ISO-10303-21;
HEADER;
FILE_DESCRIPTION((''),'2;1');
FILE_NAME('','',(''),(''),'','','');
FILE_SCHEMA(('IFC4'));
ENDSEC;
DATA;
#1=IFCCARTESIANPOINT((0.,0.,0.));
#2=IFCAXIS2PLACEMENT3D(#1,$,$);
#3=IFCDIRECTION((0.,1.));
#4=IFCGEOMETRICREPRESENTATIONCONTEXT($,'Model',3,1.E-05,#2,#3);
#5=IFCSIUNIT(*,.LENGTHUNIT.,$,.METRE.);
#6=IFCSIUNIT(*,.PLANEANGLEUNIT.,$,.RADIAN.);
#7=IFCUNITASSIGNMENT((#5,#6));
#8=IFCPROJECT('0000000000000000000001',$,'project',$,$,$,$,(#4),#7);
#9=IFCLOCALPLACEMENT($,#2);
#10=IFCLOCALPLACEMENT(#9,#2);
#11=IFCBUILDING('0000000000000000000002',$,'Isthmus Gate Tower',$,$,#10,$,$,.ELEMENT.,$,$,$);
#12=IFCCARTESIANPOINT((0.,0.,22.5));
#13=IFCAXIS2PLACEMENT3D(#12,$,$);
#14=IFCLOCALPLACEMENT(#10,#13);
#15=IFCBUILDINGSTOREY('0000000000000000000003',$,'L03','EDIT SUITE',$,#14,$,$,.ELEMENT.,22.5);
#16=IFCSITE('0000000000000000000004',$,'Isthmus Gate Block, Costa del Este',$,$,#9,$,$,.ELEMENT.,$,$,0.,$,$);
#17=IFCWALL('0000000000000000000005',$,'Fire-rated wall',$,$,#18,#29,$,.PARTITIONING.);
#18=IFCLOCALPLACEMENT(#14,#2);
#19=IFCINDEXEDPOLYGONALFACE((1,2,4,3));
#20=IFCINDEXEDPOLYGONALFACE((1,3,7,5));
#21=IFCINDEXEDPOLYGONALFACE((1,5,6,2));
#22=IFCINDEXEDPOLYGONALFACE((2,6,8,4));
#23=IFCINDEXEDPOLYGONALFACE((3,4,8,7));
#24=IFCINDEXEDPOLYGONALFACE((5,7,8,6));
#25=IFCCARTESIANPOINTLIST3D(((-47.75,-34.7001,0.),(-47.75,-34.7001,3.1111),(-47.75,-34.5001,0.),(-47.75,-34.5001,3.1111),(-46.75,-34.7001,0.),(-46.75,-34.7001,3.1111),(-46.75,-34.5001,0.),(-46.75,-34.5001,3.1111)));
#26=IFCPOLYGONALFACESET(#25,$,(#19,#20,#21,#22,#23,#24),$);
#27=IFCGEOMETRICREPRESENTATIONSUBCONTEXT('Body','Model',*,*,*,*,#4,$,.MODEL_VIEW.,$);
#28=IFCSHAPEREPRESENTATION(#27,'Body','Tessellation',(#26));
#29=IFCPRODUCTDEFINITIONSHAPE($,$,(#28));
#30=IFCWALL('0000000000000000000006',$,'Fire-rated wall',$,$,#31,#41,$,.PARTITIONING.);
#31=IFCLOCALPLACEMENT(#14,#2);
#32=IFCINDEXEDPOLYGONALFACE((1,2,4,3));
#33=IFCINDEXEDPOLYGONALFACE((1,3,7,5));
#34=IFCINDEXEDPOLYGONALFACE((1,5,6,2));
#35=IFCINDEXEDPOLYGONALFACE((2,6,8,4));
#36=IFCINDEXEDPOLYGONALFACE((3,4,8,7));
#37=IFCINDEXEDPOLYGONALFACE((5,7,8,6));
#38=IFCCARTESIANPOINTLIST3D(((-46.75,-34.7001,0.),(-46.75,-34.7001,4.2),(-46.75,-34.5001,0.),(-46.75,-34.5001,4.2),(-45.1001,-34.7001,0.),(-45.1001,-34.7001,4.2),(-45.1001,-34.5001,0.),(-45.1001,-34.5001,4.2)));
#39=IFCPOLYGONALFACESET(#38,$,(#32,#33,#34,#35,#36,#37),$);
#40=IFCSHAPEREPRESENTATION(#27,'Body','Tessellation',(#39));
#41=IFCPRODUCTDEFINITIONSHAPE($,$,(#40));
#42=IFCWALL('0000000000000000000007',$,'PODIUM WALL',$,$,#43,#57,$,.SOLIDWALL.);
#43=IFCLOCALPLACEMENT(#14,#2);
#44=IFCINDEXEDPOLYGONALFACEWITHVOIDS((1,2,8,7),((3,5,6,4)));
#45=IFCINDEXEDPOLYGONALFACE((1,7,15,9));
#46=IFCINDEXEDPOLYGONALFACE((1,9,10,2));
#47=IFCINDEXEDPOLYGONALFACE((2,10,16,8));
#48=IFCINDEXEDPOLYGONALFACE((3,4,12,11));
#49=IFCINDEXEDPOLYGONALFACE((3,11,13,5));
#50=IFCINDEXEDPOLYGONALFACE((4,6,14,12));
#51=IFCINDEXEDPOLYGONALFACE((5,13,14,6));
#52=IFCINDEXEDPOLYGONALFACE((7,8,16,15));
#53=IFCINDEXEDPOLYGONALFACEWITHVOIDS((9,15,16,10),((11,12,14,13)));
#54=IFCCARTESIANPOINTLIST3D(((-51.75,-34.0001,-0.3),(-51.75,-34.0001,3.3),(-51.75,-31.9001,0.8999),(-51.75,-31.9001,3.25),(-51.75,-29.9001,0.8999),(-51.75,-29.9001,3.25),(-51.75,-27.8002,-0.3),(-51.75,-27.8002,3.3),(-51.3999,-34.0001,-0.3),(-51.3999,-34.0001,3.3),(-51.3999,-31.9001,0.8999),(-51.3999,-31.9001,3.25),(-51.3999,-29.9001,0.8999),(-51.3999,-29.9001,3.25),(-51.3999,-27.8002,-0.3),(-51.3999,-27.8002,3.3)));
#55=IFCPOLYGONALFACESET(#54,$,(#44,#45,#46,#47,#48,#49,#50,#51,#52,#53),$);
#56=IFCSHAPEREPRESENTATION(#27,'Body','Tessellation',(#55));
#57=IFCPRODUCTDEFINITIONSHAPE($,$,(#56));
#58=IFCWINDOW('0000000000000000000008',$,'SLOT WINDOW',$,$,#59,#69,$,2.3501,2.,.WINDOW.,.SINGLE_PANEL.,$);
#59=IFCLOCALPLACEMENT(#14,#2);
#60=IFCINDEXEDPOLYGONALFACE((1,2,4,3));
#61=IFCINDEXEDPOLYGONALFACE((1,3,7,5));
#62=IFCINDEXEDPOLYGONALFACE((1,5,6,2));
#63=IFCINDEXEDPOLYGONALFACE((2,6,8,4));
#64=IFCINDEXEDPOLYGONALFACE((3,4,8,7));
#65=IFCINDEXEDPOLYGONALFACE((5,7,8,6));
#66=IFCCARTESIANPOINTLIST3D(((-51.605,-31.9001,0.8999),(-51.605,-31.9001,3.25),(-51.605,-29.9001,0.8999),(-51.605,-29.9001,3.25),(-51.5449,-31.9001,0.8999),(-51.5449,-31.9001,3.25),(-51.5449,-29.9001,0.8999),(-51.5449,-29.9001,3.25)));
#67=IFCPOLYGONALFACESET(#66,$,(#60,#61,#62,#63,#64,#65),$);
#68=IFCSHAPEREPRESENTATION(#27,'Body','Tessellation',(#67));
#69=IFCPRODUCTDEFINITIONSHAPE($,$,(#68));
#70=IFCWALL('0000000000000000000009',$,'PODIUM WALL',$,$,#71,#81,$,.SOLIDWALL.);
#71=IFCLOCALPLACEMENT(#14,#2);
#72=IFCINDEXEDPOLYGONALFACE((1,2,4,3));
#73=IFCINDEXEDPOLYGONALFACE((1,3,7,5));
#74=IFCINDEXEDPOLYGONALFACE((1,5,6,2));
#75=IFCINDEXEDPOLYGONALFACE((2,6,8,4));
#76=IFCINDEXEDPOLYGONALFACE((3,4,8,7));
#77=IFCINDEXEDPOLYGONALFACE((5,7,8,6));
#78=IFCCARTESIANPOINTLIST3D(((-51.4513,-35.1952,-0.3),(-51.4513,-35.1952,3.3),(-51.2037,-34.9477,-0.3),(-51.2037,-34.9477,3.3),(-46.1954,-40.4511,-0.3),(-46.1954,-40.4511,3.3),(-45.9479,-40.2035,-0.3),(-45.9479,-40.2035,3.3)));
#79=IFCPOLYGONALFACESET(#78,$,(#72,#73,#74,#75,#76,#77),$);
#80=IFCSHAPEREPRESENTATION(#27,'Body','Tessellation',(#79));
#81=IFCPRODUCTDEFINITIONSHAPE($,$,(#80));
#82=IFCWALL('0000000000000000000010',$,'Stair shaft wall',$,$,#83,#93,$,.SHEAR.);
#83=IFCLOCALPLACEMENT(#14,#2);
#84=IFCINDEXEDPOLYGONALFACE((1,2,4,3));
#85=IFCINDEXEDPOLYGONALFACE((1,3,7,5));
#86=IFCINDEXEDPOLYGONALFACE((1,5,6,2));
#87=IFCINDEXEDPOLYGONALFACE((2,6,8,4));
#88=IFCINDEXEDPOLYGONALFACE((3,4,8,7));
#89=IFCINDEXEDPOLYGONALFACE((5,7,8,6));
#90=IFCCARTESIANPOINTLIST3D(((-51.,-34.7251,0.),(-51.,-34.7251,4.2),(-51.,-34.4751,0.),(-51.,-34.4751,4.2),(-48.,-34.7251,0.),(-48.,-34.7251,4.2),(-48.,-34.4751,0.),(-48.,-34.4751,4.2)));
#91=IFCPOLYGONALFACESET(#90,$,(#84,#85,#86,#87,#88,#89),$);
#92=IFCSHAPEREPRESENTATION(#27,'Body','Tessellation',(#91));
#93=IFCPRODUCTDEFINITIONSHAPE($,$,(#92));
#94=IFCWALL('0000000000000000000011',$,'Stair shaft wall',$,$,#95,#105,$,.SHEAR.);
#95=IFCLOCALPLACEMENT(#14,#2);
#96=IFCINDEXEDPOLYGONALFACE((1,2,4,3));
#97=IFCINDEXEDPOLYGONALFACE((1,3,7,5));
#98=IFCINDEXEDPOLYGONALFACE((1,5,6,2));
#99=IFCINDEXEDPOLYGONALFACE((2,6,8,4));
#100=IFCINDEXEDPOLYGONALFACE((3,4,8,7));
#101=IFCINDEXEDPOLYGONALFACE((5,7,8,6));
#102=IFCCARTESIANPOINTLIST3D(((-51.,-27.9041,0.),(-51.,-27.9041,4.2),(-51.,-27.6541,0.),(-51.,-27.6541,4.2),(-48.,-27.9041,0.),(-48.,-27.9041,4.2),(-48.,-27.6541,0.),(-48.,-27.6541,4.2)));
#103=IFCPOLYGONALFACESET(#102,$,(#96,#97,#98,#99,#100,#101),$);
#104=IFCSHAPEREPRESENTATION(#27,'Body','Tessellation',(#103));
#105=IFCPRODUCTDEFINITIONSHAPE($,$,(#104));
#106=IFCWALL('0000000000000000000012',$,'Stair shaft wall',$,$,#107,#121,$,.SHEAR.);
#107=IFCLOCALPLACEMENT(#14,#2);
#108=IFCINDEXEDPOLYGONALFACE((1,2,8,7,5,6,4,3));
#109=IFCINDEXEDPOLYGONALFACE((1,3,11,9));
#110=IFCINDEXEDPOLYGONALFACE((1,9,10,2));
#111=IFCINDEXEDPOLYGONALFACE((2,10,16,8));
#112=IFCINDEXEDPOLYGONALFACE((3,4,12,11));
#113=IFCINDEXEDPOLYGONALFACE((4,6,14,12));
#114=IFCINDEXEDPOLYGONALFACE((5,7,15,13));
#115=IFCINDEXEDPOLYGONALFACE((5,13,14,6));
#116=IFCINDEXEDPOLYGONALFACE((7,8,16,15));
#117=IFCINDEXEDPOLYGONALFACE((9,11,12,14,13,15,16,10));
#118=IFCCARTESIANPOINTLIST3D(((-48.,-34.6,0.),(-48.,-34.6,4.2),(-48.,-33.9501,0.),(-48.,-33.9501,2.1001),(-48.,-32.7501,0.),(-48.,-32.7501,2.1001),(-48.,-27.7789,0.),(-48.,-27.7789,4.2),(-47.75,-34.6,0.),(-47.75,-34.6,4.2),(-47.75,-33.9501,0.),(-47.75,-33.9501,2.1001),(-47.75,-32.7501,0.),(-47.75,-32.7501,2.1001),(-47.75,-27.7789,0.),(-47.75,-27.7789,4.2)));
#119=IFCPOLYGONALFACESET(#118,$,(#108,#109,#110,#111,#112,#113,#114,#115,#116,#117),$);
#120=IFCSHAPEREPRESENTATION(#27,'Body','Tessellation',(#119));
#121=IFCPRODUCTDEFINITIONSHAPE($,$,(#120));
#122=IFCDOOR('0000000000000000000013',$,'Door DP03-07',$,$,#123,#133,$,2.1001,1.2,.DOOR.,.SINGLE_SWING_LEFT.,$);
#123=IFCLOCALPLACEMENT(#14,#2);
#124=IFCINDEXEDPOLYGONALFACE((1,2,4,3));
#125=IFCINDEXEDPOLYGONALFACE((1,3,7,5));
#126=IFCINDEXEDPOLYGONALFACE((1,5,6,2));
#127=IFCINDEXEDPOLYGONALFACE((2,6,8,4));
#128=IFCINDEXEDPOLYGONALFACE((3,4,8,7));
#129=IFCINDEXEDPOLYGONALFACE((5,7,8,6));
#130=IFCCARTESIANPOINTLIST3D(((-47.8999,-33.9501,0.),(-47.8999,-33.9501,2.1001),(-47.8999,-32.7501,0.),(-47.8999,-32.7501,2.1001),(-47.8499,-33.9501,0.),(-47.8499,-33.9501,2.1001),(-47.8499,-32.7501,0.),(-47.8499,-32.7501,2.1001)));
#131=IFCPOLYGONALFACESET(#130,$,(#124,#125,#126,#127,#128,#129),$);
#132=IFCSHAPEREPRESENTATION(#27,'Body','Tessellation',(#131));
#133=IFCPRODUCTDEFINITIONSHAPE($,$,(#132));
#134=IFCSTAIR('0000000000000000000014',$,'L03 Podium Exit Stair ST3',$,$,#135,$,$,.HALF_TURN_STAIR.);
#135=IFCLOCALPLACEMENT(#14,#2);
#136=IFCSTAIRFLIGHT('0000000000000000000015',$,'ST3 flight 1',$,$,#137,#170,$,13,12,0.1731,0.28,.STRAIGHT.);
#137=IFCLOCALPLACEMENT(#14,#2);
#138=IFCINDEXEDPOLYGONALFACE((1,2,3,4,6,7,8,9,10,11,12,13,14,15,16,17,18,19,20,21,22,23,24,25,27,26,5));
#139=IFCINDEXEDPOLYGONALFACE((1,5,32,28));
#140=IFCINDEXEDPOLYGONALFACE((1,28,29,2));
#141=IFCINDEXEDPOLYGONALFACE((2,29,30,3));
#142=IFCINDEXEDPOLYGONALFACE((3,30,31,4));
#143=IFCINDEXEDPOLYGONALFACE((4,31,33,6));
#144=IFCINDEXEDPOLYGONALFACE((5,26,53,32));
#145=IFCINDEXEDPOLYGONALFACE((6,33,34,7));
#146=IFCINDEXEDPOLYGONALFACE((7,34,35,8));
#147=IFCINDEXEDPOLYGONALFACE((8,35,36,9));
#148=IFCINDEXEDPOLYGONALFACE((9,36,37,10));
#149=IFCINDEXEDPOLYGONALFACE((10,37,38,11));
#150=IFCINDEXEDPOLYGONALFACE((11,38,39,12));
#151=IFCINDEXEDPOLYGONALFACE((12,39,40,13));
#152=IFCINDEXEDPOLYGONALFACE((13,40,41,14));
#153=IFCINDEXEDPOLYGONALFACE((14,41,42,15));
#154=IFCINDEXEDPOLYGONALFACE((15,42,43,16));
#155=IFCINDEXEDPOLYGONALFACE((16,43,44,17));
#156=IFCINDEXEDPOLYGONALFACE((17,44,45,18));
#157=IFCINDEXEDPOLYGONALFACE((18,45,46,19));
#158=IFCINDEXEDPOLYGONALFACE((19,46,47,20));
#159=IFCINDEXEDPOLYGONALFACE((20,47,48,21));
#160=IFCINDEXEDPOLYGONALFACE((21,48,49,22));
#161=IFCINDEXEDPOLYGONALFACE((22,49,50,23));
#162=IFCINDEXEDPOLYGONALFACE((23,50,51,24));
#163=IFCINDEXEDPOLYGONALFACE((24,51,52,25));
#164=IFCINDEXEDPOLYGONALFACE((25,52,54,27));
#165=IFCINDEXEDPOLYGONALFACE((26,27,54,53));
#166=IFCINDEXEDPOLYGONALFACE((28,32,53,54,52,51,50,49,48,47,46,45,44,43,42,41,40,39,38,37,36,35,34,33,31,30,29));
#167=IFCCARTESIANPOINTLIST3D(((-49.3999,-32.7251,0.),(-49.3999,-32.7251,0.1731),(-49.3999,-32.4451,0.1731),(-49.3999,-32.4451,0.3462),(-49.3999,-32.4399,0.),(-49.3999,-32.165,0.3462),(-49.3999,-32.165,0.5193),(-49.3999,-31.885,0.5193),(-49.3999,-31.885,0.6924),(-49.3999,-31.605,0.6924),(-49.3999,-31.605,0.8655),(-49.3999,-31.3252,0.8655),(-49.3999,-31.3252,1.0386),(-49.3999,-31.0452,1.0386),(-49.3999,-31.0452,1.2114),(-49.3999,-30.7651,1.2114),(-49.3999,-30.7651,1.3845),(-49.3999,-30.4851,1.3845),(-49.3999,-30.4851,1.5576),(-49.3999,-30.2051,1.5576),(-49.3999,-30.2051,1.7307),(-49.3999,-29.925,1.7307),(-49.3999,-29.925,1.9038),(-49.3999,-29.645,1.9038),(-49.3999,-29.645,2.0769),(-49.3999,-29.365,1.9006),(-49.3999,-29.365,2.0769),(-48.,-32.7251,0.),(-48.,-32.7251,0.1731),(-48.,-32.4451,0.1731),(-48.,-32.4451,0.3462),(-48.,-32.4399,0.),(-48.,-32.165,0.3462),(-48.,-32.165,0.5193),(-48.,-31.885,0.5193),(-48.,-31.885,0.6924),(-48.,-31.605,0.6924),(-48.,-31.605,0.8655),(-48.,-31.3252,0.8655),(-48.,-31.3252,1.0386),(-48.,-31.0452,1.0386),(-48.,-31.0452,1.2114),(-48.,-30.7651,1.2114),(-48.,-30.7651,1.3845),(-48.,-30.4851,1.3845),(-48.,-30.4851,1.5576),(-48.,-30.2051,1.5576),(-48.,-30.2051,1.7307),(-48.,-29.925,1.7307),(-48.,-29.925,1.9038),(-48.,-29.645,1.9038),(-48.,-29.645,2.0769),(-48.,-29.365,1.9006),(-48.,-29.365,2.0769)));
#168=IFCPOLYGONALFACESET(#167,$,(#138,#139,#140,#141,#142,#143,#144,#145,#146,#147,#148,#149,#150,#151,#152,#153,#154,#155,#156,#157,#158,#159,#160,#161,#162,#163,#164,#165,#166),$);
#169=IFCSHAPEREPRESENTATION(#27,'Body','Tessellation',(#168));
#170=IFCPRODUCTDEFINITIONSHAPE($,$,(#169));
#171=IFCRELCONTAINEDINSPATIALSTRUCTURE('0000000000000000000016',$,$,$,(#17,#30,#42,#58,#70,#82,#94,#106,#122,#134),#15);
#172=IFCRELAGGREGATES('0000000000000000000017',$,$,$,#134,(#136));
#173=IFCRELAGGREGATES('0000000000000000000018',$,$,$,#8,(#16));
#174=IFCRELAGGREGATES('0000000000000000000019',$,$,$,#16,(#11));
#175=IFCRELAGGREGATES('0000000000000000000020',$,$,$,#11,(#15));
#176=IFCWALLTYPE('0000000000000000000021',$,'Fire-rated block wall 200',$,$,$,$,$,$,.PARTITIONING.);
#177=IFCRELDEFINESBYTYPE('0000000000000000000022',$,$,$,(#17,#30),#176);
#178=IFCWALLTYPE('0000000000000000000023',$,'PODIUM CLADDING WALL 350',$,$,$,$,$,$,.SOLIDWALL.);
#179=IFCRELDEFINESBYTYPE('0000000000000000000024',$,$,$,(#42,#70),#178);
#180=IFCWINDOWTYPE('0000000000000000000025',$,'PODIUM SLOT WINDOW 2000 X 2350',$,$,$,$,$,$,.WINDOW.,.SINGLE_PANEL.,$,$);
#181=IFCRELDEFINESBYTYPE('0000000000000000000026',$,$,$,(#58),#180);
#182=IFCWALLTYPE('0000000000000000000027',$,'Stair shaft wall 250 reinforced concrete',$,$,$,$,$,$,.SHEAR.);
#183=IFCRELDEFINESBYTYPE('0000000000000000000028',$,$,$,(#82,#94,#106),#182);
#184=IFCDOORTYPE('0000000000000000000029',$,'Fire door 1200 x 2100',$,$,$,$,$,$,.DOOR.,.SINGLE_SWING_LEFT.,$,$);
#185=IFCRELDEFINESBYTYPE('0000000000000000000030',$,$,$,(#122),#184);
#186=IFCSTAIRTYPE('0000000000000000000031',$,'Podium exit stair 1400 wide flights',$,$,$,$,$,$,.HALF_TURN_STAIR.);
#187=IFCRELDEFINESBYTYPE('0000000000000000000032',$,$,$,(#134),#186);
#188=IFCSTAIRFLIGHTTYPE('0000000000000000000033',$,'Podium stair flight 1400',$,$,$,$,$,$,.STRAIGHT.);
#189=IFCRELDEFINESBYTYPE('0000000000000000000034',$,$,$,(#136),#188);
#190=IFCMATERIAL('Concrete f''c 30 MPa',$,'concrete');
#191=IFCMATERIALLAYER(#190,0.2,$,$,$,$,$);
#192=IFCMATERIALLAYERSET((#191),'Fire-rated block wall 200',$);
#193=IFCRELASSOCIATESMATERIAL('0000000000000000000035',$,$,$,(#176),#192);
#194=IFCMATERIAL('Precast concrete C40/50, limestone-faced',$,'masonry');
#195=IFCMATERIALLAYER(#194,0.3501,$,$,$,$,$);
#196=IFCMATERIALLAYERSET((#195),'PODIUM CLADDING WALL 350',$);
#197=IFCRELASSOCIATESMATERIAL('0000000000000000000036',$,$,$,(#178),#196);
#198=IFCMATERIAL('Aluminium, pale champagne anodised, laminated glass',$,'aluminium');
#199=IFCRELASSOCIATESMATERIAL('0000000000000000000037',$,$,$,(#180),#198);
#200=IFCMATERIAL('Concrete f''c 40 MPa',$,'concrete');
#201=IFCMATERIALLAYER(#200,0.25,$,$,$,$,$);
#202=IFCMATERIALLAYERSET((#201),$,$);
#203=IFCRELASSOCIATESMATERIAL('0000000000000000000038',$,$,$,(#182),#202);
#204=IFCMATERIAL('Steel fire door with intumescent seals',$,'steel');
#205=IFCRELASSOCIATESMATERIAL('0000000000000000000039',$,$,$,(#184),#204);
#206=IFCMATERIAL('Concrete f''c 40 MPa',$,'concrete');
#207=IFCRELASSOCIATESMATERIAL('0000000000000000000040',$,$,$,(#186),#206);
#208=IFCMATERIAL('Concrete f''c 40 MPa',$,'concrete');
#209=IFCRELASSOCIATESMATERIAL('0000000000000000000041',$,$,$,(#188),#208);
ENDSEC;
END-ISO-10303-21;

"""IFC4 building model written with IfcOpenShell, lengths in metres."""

from ifc_helpers import new_model, si_unit, direction, frame, frame_2d, origin, place, context, subcontext, project, spatial, polyline, rectangle, outline, extrude, material, layer, layer_set, type_object, element, fill, aggregate, save


model = new_model("IFC4")

# Units and contexts
model_context = context("Model", 3, precision=1e-05, world=origin(), true_north=direction((0.0, 1.0)))
body_context = subcontext(model_context, "Body", "Model", "MODEL_VIEW")
ifc_project = project(units=[si_unit("LENGTHUNIT", "METRE"), si_unit("PLANEANGLEUNIT", "RADIAN")], contexts=[model_context])

# Site, building, storey
site_placement = place(None, origin())
site = spatial("IfcSite", under=ifc_project, at=site_placement, Name="Isthmus Gate Block, Costa del Este", CompositionType="ELEMENT", RefElevation=0.0)
building_placement = place(site_placement, origin())
building = spatial("IfcBuilding", under=site, at=building_placement, Name="Isthmus Gate Tower", CompositionType="ELEMENT")
storey_placement = place(building_placement, frame((0.0, 0.0, 22.5)))
storey = spatial("IfcBuildingStorey", under=building, at=storey_placement, Name="L03", Description="EDIT SUITE", CompositionType="ELEMENT", Elevation=22.5)

# Walls
ifc_material_1 = material(Name="Concrete f'c 30 MPa", Category="concrete")
ifc_layer_1 = layer(ifc_material_1, 0.2)
ifc_layer_set_1 = layer_set([ifc_layer_1], Name="Fire-rated block wall 200")
wall_type_1 = type_object("IfcWallType", Name="Fire-rated block wall 200", PredefinedType="PARTITIONING", material=ifc_layer_set_1)
wall_1_placement = place(storey_placement, frame((-47.75, -34.6001, 0.0), z_axis=(0.0, 0.0, 1.0), x_axis=(1.0, 0.0, 0.0)))
element("IfcWall", 1, at=wall_1_placement, inside=storey, type_object=wall_type_1, Name="Fire-rated wall", PredefinedType="PARTITIONING", context=body_context, shape_type="SweptSolid", body=[
    extrude(rectangle(XDim=1.0, YDim=0.2, at=frame_2d((0.5, 0.0))), origin(), (0.0, 0.0, 1.0), 3.1111),
])
wall_2_placement = place(storey_placement, frame((-46.75, -34.6001, 0.0), z_axis=(0.0, 0.0, 1.0), x_axis=(1.0, 0.0, 0.0)))
element("IfcWall", 2, at=wall_2_placement, inside=storey, type_object=wall_type_1, Name="Fire-rated wall", PredefinedType="PARTITIONING", context=body_context, shape_type="SweptSolid", body=[
    extrude(rectangle(XDim=1.6499, YDim=0.2, at=frame_2d((0.825, 0.0))), origin(), (0.0, 0.0, 1.0), 4.2),
])

# Wall, opening, window
ifc_material_2 = material(Name="Precast concrete C40/50, limestone-faced", Category="masonry")
ifc_layer_2 = layer(ifc_material_2, 0.3501)
ifc_layer_set_2 = layer_set([ifc_layer_2], Name="PODIUM CLADDING WALL 350")
wall_type_2 = type_object("IfcWallType", Name="PODIUM CLADDING WALL 350", PredefinedType="SOLIDWALL", material=ifc_layer_set_2)
wall_3_placement = place(storey_placement, frame((-51.575, -27.8, -0.3), z_axis=(0.0, 0.0, 1.0), x_axis=(0.0, -1.0, 0.0)))
wall_3 = element("IfcWall", 3, at=wall_3_placement, inside=storey, type_object=wall_type_2, Name="PODIUM WALL", PredefinedType="SOLIDWALL", context=body_context, shape_type="SweptSolid", body=[
    extrude(rectangle(XDim=6.2, YDim=0.3501, at=frame_2d((3.1001, 0.0))), origin(), (0.0, 0.0, 1.0), 3.6001),
])
opening_1_placement = place(wall_3_placement, frame((2.1001, 0.0, 1.2)))
opening_1 = element("IfcOpeningElement", 4, at=opening_1_placement, cuts=wall_3, PredefinedType="OPENING", context=body_context, shape_type="SweptSolid", body=[
    extrude(rectangle(XDim=2.0, YDim=2.3501, at=frame_2d((1.0, 1.175))), frame((0.0, 0.1851, 0.0), z_axis=(0.0, -1.0, 0.0), x_axis=(1.0, 0.0, 0.0)), (0.0, 0.0, 1.0), 0.3701),
])
ifc_material_3 = material(Name="Aluminium, pale champagne anodised, laminated glass", Category="aluminium")
window_type = type_object("IfcWindowType", Name="PODIUM SLOT WINDOW 2000 X 2350", PartitioningType="SINGLE_PANEL", PredefinedType="WINDOW", material=ifc_material_3)
window_placement = place(opening_1_placement, origin())
window = element("IfcWindow", 5, at=window_placement, inside=storey, type_object=window_type, Name="SLOT WINDOW", OverallHeight=2.3501, OverallWidth=2.0, PartitioningType="SINGLE_PANEL", PredefinedType="WINDOW", context=body_context, shape_type="SweptSolid", body=[
    extrude(rectangle(XDim=2.0, YDim=2.3501, at=frame_2d((1.0, 1.175))), frame((0.0, 0.03, 0.0), z_axis=(0.0, -1.0, 0.0), x_axis=(1.0, 0.0, 0.0)), (0.0, 0.0, 1.0), 0.0601),
])
fill(opening_1, window)

# Walls
wall_4_placement = place(storey_placement, frame((-51.3274, -35.0715, -0.3), z_axis=(0.0, 0.0, 1.0), x_axis=(0.707107, -0.707107, 0.0)))
element("IfcWall", 6, at=wall_4_placement, inside=storey, type_object=wall_type_2, Name="PODIUM WALL", PredefinedType="SOLIDWALL", context=body_context, shape_type="SweptSolid", body=[
    extrude(rectangle(XDim=7.4329, YDim=0.3501, at=frame_2d((3.7163, 0.0))), origin(), (0.0, 0.0, 1.0), 3.6001),
])
ifc_material_4 = material(Name="Concrete f'c 40 MPa", Category="concrete")
ifc_layer_3 = layer(ifc_material_4, 0.25)
ifc_layer_set_3 = layer_set([ifc_layer_3])
wall_type_3 = type_object("IfcWallType", Name="Stair shaft wall 250 reinforced concrete", PredefinedType="SHEAR", material=ifc_layer_set_3)
for number, where, z_axis, x_axis, name in (
    (7, (-51.0, -34.6001, 0.0), (0.0, 0.0, 1.0), (1.0, 0.0, 0.0), "Stair shaft wall"),
    (8, (-51.0, -27.7791, 0.0), (0.0, 0.0, 1.0), (1.0, 0.0, 0.0), "Stair shaft wall"),
):
    element("IfcWall", number, at=place(storey_placement, frame(where, z_axis=z_axis, x_axis=x_axis)), inside=storey, type_object=wall_type_3, Name=name, PredefinedType="SHEAR", context=body_context, shape_type="SweptSolid", body=[
        extrude(rectangle(XDim=3.0, YDim=0.25, at=frame_2d((1.5, 0.0))), origin(), (0.0, 0.0, 1.0), 4.2),
    ])

# Wall, opening, door
wall_5_placement = place(storey_placement, frame((-47.875, -34.6001, 0.0), z_axis=(0.0, 0.0, 1.0), x_axis=(0.0, 1.0, 0.0)))
wall_5 = element("IfcWall", 9, at=wall_5_placement, inside=storey, type_object=wall_type_3, Name="Stair shaft wall", PredefinedType="SHEAR", context=body_context, shape_type="SweptSolid", body=[
    extrude(rectangle(XDim=6.821, YDim=0.25, at=frame_2d((3.4106, 0.0))), origin(), (0.0, 0.0, 1.0), 4.2),
])
opening_2_placement = place(wall_5_placement, frame((0.6499, 0.0, 0.0)))
opening_2 = element("IfcOpeningElement", 10, at=opening_2_placement, cuts=wall_5, PredefinedType="OPENING", context=body_context, shape_type="SweptSolid", body=[
    extrude(rectangle(XDim=1.2, YDim=2.1001, at=frame_2d((0.6001, 1.05))), frame((0.0, 0.135, 0.0), z_axis=(0.0, -1.0, 0.0), x_axis=(1.0, 0.0, 0.0)), (0.0, 0.0, 1.0), 0.27),
])
ifc_material_5 = material(Name="Steel fire door with intumescent seals", Category="steel")
door_type_1 = type_object("IfcDoorType", Name="Fire door 1200 x 2100", OperationType="SINGLE_SWING_LEFT", PredefinedType="DOOR", material=ifc_material_5)
door_1_placement = place(opening_2_placement, origin())
door_1 = element("IfcDoor", 11, at=door_1_placement, inside=storey, type_object=door_type_1, Name="Door DP03-07", OperationType="SINGLE_SWING_LEFT", OverallHeight=2.1001, OverallWidth=1.2, PredefinedType="DOOR", context=body_context, shape_type="SweptSolid", body=[
    extrude(rectangle(XDim=1.2, YDim=2.1001, at=frame_2d((0.6001, 1.05))), frame((0.0, 0.0249, 0.0), z_axis=(0.0, -1.0, 0.0), x_axis=(1.0, 0.0, 0.0)), (0.0, 0.0, 1.0), 0.05),
])
fill(opening_2, door_1)

# Stair, stair flight
ifc_material_6 = material(Name="Concrete f'c 40 MPa", Category="concrete")
stair_type = type_object("IfcStairType", Name="Podium exit stair 1400 wide flights", PredefinedType="HALF_TURN_STAIR", material=ifc_material_6)
stair_placement = place(storey_placement, origin())
stair = element("IfcStair", 12, at=stair_placement, inside=storey, type_object=stair_type, Name="L03 Podium Exit Stair ST3", PredefinedType="HALF_TURN_STAIR")
ifc_material_7 = material(Name="Concrete f'c 40 MPa", Category="concrete")
stair_flight_type = type_object("IfcStairFlightType", Name="Podium stair flight 1400", PredefinedType="STRAIGHT", material=ifc_material_7)
stair_flight_1_placement = place(storey_placement, frame((-48.7, -32.7251, 0.0), z_axis=(0.0, 0.0, 1.0), x_axis=(0.0, 1.0, 0.0)))
stair_flight_1 = element("IfcStairFlight", 13, at=stair_flight_1_placement, type_object=stair_flight_type, Name="ST3 flight 1", NumberOfRisers=13, NumberOfTreads=12, PredefinedType="STRAIGHT", RiserHeight=0.1731, TreadLength=0.28, context=body_context, shape_type="SweptSolid", body=[
    extrude(outline(polyline([(0.0, 0.0), (0.0, 0.1731), (0.28, 0.1731), (0.28, 0.3462), (0.5601, 0.3462), (0.5601, 0.5193), (0.8401, 0.5193), (0.8401, 0.6924), (1.1201, 0.6924), (1.1201, 0.8655), (1.3999, 0.8655), (1.3999, 1.0386), (1.6799, 1.0386), (1.6799, 1.2114), (1.96, 1.2114), (1.96, 1.3845), (2.24, 1.3845), (2.24, 1.5576), (2.52, 1.5576), (2.52, 1.7307), (2.8, 1.7307), (2.8, 1.9038), (3.0801, 1.9038), (3.0801, 2.0769), (3.3601, 2.0769), (3.3601, 2.25), (3.3601, 1.9006), (0.2852, 0.0), (0.0, 0.0)])), frame((0.0, 0.7, 0.0), z_axis=(0.0, -1.0, 0.0), x_axis=(1.0, 0.0, 0.0)), (0.0, 0.0, 1.0), 1.3999),
])
aggregate(stair, [stair_flight_1])

save(model, "model.ifc")
